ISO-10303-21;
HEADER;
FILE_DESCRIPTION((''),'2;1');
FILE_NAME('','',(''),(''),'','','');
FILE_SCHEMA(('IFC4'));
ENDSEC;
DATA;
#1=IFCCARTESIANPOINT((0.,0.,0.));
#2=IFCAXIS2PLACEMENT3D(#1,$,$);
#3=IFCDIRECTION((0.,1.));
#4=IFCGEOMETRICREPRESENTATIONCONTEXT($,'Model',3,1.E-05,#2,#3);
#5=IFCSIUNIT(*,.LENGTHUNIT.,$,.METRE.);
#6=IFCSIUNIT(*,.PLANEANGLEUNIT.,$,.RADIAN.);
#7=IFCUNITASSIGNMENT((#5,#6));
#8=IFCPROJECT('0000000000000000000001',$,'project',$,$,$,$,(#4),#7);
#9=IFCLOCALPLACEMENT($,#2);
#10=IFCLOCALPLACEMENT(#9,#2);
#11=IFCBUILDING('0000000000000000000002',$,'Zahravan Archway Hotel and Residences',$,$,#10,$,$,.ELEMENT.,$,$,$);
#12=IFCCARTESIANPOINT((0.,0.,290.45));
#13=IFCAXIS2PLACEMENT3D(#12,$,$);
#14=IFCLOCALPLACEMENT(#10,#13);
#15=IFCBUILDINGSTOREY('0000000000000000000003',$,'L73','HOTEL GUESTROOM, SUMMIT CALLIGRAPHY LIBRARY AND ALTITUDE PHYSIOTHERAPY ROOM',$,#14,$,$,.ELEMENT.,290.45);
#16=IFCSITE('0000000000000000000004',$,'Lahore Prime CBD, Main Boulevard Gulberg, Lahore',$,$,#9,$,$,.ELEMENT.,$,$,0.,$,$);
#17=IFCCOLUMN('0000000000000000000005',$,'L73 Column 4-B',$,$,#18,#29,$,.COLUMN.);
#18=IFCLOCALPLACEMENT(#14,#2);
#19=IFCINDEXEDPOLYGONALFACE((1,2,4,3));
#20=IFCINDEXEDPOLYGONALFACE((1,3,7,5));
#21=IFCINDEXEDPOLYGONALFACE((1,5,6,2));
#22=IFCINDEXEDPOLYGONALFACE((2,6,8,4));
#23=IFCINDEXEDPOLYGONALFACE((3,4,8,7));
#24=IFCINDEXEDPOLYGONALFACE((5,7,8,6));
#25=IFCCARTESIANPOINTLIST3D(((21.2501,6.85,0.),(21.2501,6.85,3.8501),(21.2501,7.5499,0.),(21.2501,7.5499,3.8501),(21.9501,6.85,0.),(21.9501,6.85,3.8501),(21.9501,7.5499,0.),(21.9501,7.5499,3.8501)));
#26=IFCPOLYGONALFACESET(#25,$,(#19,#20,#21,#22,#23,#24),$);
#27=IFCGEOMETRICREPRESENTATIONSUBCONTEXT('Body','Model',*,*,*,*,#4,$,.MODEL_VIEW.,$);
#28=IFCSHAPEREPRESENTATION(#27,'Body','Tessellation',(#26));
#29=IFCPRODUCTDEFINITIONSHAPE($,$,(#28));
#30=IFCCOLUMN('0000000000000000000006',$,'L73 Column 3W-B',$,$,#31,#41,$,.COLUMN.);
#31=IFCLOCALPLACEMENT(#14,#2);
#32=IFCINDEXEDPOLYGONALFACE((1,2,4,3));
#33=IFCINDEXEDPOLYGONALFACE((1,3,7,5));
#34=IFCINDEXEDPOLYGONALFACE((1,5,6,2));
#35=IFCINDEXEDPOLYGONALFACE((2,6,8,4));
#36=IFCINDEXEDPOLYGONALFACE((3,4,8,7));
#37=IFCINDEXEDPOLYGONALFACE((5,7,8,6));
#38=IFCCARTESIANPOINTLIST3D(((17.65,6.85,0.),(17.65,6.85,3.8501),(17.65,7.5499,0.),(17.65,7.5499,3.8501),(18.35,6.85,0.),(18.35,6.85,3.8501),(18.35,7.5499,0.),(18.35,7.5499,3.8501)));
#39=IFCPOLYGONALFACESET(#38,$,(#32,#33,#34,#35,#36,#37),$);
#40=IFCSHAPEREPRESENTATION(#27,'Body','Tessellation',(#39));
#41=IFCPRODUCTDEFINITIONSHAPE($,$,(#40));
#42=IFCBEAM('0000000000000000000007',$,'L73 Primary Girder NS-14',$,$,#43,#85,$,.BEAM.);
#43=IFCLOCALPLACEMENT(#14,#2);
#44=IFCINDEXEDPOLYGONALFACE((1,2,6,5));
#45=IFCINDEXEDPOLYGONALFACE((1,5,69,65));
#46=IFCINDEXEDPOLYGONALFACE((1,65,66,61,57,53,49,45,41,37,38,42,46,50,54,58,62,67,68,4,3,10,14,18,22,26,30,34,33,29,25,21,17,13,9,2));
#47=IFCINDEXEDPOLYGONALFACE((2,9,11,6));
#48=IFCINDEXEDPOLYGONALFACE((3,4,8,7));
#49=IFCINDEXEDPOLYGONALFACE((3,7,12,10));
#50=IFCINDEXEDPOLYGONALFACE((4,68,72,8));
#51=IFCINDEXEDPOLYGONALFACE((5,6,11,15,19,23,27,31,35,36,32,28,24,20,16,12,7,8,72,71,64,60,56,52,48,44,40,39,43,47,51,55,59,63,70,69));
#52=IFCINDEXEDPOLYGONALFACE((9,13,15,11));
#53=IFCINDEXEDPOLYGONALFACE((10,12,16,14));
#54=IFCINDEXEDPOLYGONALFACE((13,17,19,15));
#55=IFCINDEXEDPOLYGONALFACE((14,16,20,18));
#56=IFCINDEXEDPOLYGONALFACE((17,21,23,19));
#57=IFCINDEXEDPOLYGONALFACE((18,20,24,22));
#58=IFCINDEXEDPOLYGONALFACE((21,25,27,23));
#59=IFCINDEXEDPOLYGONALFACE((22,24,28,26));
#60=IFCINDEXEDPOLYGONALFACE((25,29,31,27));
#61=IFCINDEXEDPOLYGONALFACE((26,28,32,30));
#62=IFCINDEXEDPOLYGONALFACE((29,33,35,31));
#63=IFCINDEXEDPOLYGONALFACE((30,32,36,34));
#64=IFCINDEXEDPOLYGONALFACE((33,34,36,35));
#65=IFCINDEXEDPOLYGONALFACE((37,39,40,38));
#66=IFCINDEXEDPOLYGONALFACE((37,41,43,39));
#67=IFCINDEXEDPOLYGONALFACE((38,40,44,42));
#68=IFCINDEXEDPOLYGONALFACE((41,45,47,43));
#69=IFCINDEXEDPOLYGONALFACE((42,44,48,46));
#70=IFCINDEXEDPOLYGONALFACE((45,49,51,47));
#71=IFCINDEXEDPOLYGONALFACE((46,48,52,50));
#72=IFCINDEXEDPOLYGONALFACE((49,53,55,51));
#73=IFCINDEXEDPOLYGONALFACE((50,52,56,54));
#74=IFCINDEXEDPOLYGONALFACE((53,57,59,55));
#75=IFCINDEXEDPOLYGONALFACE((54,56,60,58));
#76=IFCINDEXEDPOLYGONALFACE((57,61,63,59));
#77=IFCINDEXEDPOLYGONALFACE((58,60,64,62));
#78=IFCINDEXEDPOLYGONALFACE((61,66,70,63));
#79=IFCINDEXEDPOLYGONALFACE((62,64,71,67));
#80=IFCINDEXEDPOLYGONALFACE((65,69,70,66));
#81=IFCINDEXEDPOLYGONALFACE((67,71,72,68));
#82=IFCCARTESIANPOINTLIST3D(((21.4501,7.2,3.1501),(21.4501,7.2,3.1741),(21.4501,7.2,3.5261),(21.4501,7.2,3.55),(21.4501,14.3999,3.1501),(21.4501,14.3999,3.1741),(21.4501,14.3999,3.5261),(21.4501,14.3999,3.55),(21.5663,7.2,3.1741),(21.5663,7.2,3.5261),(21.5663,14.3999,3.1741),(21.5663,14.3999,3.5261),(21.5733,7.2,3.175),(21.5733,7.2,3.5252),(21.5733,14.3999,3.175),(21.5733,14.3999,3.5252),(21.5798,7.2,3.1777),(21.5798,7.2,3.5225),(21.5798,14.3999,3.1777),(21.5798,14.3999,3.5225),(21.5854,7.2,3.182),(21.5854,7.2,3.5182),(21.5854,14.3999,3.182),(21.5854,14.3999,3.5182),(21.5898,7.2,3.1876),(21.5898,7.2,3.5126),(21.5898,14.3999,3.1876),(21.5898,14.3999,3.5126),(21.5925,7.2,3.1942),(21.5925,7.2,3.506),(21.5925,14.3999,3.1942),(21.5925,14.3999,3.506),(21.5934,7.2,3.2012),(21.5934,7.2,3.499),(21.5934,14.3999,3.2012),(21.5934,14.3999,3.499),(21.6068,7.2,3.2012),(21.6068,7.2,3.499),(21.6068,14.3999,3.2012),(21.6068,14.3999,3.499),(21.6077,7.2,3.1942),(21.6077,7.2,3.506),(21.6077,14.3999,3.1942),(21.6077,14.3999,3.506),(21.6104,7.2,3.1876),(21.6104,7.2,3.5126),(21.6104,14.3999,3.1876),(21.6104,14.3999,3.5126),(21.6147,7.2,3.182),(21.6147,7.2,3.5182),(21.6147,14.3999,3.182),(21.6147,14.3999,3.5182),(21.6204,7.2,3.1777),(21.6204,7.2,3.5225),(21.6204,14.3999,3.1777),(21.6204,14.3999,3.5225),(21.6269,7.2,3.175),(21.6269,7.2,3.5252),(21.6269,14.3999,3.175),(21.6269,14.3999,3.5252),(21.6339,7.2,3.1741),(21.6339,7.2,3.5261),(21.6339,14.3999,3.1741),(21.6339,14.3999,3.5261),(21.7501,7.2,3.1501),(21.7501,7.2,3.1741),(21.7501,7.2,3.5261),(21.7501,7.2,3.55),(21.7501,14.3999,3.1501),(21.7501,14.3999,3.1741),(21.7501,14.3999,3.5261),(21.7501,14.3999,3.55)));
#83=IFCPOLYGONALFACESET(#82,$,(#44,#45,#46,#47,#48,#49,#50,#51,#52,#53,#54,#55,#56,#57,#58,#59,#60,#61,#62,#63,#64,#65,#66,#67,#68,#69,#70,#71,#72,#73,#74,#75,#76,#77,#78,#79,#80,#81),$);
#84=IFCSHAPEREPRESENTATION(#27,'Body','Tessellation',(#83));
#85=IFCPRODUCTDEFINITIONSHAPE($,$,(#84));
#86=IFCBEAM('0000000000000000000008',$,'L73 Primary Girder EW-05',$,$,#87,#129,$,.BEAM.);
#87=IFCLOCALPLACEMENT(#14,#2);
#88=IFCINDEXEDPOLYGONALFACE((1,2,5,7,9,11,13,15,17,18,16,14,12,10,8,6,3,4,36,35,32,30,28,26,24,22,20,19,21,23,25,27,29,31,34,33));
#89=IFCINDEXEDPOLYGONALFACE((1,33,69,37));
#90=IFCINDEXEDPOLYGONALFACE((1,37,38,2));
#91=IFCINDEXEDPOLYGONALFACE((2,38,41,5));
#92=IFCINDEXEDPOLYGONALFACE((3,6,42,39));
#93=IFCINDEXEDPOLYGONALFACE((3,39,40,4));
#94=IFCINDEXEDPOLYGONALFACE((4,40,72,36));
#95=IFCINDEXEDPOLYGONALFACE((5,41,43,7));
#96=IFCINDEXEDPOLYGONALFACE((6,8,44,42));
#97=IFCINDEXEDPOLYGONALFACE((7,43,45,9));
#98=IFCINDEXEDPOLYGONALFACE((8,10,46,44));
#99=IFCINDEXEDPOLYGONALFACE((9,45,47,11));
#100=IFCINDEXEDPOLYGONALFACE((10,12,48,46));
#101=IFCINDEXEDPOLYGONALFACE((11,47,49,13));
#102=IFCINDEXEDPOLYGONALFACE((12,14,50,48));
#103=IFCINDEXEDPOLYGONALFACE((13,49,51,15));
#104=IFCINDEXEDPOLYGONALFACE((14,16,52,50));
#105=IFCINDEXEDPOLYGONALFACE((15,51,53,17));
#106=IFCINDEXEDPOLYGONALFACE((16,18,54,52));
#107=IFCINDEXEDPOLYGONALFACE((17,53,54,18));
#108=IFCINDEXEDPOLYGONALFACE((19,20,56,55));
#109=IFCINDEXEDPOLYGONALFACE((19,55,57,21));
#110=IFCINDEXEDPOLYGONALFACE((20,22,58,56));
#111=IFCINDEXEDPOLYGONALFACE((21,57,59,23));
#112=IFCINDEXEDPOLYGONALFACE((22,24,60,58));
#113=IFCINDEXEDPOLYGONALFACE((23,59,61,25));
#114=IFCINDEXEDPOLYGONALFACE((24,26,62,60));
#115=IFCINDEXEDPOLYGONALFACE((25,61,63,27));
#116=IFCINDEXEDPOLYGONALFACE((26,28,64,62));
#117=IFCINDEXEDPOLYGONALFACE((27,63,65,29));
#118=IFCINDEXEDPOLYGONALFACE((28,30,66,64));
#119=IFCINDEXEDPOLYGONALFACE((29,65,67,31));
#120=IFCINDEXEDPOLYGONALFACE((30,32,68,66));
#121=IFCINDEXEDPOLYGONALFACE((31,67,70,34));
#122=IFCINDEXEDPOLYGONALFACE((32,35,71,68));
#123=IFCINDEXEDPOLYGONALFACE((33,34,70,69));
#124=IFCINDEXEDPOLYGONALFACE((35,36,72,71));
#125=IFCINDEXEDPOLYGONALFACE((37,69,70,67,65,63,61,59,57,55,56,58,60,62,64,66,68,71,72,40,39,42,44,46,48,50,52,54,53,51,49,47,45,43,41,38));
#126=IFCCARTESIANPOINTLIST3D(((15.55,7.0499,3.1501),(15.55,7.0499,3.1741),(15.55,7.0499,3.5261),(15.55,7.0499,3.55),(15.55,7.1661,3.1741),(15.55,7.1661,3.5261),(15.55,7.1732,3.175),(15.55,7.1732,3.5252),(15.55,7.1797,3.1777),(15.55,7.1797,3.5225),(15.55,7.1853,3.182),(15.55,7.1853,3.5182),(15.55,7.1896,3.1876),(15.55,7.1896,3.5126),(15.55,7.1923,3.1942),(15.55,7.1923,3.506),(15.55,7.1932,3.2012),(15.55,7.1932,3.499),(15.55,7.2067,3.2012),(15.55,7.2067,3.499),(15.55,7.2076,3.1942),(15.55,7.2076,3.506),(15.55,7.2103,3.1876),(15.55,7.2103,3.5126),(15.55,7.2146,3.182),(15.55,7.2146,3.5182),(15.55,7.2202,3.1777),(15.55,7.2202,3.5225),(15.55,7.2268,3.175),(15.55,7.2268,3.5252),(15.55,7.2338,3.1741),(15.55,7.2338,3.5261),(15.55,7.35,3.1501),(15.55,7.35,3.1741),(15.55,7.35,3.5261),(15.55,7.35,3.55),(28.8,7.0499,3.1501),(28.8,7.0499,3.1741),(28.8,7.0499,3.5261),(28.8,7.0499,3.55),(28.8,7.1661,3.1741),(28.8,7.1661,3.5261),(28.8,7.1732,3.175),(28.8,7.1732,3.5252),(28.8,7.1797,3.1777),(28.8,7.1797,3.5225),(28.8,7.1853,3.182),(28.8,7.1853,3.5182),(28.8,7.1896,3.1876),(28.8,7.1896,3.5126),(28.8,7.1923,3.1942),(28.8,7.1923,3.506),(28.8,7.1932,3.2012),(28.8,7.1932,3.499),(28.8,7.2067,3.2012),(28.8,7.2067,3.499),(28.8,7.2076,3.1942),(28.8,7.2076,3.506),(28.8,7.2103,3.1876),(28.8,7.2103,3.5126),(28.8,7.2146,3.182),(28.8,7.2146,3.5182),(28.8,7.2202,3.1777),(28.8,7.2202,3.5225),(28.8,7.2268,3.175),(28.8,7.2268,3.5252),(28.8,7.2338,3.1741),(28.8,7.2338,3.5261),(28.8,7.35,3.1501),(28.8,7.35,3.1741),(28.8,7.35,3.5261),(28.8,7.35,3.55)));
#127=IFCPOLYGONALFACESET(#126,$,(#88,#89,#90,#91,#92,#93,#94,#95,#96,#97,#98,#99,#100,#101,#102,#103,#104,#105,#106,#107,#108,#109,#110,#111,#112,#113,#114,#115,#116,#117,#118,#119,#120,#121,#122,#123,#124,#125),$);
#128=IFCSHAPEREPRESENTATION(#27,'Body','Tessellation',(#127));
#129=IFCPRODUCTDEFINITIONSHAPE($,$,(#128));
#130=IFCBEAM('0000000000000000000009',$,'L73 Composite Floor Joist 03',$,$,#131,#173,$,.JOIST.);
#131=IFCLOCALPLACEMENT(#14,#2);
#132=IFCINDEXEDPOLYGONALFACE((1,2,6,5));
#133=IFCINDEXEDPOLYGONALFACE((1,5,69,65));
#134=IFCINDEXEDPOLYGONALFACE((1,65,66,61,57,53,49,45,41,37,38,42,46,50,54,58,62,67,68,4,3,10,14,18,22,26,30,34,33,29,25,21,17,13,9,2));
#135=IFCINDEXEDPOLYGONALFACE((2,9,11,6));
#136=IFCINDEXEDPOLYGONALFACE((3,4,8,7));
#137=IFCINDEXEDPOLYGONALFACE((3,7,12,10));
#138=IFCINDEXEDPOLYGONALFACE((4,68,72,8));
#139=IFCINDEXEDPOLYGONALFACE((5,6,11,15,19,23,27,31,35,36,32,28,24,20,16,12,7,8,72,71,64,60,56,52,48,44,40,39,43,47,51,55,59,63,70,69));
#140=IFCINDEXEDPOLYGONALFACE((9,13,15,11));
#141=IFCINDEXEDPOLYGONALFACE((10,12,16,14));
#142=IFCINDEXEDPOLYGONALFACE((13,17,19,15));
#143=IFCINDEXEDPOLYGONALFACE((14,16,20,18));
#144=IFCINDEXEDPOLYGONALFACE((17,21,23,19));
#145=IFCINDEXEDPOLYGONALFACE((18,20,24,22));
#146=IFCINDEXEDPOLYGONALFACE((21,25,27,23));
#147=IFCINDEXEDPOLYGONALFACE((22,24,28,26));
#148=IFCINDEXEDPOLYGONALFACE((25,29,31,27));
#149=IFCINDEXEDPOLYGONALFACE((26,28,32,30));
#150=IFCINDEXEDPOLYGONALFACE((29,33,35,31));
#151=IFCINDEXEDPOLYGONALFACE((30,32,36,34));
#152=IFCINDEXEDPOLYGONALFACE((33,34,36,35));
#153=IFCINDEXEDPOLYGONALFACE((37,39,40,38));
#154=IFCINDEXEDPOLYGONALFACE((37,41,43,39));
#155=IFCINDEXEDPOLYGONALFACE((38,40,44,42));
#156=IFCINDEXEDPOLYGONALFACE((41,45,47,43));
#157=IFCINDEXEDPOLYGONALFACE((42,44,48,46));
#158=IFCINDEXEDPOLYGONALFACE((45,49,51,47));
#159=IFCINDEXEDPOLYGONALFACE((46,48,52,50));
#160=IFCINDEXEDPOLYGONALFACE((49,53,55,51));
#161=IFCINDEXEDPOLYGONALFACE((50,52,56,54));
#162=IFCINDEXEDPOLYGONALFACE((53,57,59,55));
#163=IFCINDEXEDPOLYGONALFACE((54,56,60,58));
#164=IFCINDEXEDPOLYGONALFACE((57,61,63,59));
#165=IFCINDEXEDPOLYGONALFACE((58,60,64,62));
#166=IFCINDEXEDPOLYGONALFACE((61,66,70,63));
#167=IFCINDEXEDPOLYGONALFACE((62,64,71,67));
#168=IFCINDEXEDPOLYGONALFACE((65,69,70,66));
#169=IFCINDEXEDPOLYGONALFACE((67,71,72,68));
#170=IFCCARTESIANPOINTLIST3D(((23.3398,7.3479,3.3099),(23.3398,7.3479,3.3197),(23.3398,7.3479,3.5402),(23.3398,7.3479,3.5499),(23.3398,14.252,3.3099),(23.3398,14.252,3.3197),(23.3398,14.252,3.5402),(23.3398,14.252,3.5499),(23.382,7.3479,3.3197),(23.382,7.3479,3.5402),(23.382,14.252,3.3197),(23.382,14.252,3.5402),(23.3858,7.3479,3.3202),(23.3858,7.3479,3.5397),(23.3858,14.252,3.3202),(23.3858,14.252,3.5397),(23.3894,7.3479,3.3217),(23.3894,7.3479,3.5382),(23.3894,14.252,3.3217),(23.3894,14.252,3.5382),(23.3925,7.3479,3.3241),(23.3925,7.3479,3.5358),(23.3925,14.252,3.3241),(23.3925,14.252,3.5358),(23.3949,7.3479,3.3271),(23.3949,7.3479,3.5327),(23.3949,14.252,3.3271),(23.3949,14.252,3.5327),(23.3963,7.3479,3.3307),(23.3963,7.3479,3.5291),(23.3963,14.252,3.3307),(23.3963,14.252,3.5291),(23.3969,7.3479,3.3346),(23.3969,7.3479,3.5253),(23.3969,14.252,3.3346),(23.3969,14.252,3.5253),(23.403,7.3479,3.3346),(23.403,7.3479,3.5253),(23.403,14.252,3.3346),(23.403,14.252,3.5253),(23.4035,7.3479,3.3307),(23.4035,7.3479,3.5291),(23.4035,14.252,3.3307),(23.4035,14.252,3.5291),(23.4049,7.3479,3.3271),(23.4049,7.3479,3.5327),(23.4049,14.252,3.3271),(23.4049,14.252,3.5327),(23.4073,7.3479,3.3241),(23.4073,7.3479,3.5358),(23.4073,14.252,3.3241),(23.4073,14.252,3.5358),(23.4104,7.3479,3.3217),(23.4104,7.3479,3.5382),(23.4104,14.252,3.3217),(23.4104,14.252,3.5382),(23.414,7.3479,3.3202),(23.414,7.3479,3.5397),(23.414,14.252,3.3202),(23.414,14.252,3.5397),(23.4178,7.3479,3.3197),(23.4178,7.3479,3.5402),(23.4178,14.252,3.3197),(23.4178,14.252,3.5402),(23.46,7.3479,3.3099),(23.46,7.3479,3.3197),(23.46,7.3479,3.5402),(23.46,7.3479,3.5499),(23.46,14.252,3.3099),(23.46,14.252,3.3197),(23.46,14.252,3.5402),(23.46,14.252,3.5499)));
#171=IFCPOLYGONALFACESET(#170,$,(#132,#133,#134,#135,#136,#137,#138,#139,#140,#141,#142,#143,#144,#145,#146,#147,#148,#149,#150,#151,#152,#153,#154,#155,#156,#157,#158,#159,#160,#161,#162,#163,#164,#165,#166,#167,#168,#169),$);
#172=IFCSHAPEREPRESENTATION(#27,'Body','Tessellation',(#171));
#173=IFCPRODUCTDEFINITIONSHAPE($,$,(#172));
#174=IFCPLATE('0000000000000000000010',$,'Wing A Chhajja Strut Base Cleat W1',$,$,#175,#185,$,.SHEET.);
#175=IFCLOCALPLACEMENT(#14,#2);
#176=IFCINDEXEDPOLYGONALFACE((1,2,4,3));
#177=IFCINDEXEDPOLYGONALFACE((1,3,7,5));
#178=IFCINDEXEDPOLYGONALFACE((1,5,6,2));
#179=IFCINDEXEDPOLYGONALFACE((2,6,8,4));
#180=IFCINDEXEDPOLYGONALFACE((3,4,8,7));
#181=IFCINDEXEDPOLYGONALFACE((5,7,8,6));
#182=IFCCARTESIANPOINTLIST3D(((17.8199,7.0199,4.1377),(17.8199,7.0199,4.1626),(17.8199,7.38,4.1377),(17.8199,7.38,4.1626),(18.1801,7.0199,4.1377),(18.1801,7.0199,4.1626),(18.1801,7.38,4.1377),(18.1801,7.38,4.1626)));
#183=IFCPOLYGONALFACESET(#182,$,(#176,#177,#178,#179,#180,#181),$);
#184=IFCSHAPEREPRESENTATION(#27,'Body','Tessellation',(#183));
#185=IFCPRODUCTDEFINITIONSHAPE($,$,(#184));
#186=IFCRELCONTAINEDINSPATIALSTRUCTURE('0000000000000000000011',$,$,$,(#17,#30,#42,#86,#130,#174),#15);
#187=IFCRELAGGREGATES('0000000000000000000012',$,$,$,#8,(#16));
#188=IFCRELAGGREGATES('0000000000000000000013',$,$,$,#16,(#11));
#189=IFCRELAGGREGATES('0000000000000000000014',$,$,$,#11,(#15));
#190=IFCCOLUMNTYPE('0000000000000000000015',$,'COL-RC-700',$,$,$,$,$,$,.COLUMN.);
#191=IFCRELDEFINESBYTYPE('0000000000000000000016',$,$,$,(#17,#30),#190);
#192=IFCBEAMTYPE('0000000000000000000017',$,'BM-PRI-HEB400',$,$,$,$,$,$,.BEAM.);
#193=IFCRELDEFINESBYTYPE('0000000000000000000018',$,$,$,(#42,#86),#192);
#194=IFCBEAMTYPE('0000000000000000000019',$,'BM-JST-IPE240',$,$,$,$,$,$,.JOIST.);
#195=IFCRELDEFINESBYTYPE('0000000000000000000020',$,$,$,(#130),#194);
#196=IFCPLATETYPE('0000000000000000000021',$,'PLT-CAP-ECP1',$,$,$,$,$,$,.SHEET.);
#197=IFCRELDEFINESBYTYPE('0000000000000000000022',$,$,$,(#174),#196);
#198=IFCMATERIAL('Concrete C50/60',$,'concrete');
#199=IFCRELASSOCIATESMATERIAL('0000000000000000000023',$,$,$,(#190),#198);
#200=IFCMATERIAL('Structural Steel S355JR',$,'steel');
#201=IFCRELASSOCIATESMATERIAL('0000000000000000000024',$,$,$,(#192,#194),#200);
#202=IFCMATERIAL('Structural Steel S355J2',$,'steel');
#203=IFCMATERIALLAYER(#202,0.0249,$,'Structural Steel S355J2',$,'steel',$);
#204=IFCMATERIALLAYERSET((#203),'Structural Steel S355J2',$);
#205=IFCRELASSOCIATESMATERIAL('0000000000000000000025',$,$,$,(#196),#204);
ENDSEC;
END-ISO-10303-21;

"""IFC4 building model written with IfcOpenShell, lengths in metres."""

from ifc_helpers import new_model, si_unit, direction, frame, origin, origin_2d, place, context, subcontext, project, spatial, rectangle, i_section, extrude, source, transform, mapped, material, layer, layer_set, material_profile, profile_set, type_object, type_shapes, element, save


model = new_model("IFC4")

# Units and contexts
model_context = context("Model", 3, precision=1e-05, world=origin(), true_north=direction((0.0, 1.0)))
body_context = subcontext(model_context, "Body", "Model", "MODEL_VIEW")
ifc_project = project(units=[si_unit("LENGTHUNIT", "METRE"), si_unit("PLANEANGLEUNIT", "RADIAN")], contexts=[model_context])

# Site, building, storey
site_placement = place(None, origin())
site = spatial("IfcSite", under=ifc_project, at=site_placement, Name="Lahore Prime CBD, Main Boulevard Gulberg, Lahore", CompositionType="ELEMENT", RefElevation=0.0)
building_placement = place(site_placement, origin())
building = spatial("IfcBuilding", under=site, at=building_placement, Name="Zahravan Archway Hotel and Residences", CompositionType="ELEMENT")
storey_placement = place(building_placement, frame((0.0, 0.0, 290.45)))
storey = spatial("IfcBuildingStorey", under=building, at=storey_placement, Name="L73", Description="HOTEL GUESTROOM, SUMMIT CALLIGRAPHY LIBRARY AND ALTITUDE PHYSIOTHERAPY ROOM", CompositionType="ELEMENT", Elevation=290.45)

# Columns
ifc_material_1 = material(Name="Concrete C50/60", Category="concrete")
ifc_material_profile_1 = material_profile(ifc_material_1, rectangle(XDim=0.7, YDim=0.7, at=origin_2d()), Name="RC-COL-700x700", Category="concrete")
ifc_profile_set_1 = profile_set([ifc_material_profile_1], Name="Concrete C50/60")
column_type = type_object("IfcColumnType", Name="COL-RC-700", PredefinedType="COLUMN", material=ifc_profile_set_1)
shared_shape_1 = source(origin(), body_context, "Body", "SweptSolid", [
    extrude(rectangle(XDim=0.7, YDim=0.7, at=origin_2d()), origin(), (0.0, 0.0, 1.0), 3.8501),
])
for number, where, z_axis, x_axis, name in (
    (1, (21.6001, 7.2, 0.0), (0.0, 0.0, 1.0), (1.0, 0.0, 0.0), "L73 Column 4-B"),
    (2, (18.0, 7.2, 0.0), (0.0, 0.0, 1.0), (1.0, 0.0, 0.0), "L73 Column 3W-B"),
):
    element("IfcColumn", number, at=place(storey_placement, frame(where, z_axis=z_axis, x_axis=x_axis)), inside=storey, type_object=column_type, Name=name, PredefinedType="COLUMN", context=body_context, shape_type="MappedRepresentation", body=[
        mapped(shared_shape_1, transform((0.0, 0.0, 0.0), scale=1.0)),
    ])

# Beams
ifc_material_2 = material(Name="Structural Steel S355JR", Category="steel")
ifc_material_profile_2 = material_profile(ifc_material_2, i_section(OverallWidth=0.3, OverallDepth=0.3999, WebThickness=0.0134, FlangeThickness=0.0239, FilletRadius=0.0271, at=origin_2d()), Name="HEB 400", Category="steel")
ifc_profile_set_2 = profile_set([ifc_material_profile_2], Name="Structural Steel S355JR")
beam_type_1 = type_object("IfcBeamType", Name="BM-PRI-HEB400", PredefinedType="BEAM", material=ifc_profile_set_2)
shared_shape_2 = source(origin(), body_context, "Body", "SweptSolid", [
    extrude(i_section(OverallWidth=0.3, OverallDepth=0.3999, WebThickness=0.0134, FlangeThickness=0.0239, FilletRadius=0.0271, at=origin_2d()), origin(), (0.0, 0.0, 1.0), 7.2),
])
type_shapes(beam_type_1, [shared_shape_2])
beam_1_placement = place(storey_placement, frame((21.6001, 7.2, 3.3501), z_axis=(0.0, 1.0, 0.0), x_axis=(-1.0, 0.0, 0.0)))
element("IfcBeam", 3, at=beam_1_placement, inside=storey, type_object=beam_type_1, Name="L73 Primary Girder NS-14", PredefinedType="BEAM", context=body_context, shape_type="MappedRepresentation", body=[
    mapped(shared_shape_2, transform((0.0, 0.0, 0.0), scale=1.0)),
])
shared_shape_3 = source(origin(), body_context, "Body", "SweptSolid", [
    extrude(i_section(OverallWidth=0.3, OverallDepth=0.3999, WebThickness=0.0134, FlangeThickness=0.0239, FilletRadius=0.0271, at=origin_2d()), origin(), (0.0, 0.0, 1.0), 13.25),
])
beam_2_placement = place(storey_placement, frame((15.55, 7.2, 3.3501), z_axis=(1.0, 0.0, 0.0), x_axis=(0.0, 1.0, 0.0)))
element("IfcBeam", 4, at=beam_2_placement, inside=storey, type_object=beam_type_1, Name="L73 Primary Girder EW-05", PredefinedType="BEAM", context=body_context, shape_type="MappedRepresentation", body=[
    mapped(shared_shape_3, transform((0.0, 0.0, 0.0), scale=1.0)),
])
ifc_material_profile_3 = material_profile(ifc_material_2, i_section(OverallWidth=0.1201, OverallDepth=0.24, WebThickness=0.0061, FlangeThickness=0.0098, FilletRadius=0.0149, at=origin_2d()), Name="IPE 240", Category="steel")
ifc_profile_set_3 = profile_set([ifc_material_profile_3], Name="Structural Steel S355JR")
beam_type_2 = type_object("IfcBeamType", Name="BM-JST-IPE240", PredefinedType="JOIST", material=ifc_profile_set_3)
shared_shape_4 = source(origin(), body_context, "Body", "SweptSolid", [
    extrude(i_section(OverallWidth=0.1201, OverallDepth=0.24, WebThickness=0.0061, FlangeThickness=0.0098, FilletRadius=0.0149, at=origin_2d()), origin(), (0.0, 0.0, 1.0), 6.9041),
])
type_shapes(beam_type_2, [shared_shape_4])
beam_3_placement = place(storey_placement, frame((23.3999, 7.3479, 3.4299), z_axis=(0.0, 1.0, 0.0), x_axis=(-1.0, 0.0, 0.0)))
element("IfcBeam", 5, at=beam_3_placement, inside=storey, type_object=beam_type_2, Name="L73 Composite Floor Joist 03", PredefinedType="JOIST", context=body_context, shape_type="MappedRepresentation", body=[
    mapped(shared_shape_4, transform((0.0, 0.0, 0.0), scale=1.0)),
])

# Plate
ifc_material_3 = material(Name="Structural Steel S355J2", Category="steel")
ifc_layer_1 = layer(ifc_material_3, 0.0249, Name="Structural Steel S355J2", Category="steel")
ifc_layer_set_1 = layer_set([ifc_layer_1], Name="Structural Steel S355J2")
plate_type = type_object("IfcPlateType", Name="PLT-CAP-ECP1", PredefinedType="SHEET", material=ifc_layer_set_1)
shared_shape_5 = source(origin(), body_context, "Body", "SweptSolid", [
    extrude(rectangle(XDim=0.3601, YDim=0.3601, at=origin_2d()), origin(), (0.0, 0.0, 1.0), 0.0249),
])
type_shapes(plate_type, [shared_shape_5])
plate_placement = place(storey_placement, frame((18.0, 7.2, 4.1377), z_axis=(0.0, 0.0, 1.0), x_axis=(1.0, 0.0, 0.0)))
element("IfcPlate", 6, at=plate_placement, inside=storey, type_object=plate_type, Name="Wing A Chhajja Strut Base Cleat W1", PredefinedType="SHEET", context=body_context, shape_type="MappedRepresentation", body=[
    mapped(shared_shape_5, transform((0.0, 0.0, 0.0), scale=1.0)),
])

save(model, "model.ifc")
